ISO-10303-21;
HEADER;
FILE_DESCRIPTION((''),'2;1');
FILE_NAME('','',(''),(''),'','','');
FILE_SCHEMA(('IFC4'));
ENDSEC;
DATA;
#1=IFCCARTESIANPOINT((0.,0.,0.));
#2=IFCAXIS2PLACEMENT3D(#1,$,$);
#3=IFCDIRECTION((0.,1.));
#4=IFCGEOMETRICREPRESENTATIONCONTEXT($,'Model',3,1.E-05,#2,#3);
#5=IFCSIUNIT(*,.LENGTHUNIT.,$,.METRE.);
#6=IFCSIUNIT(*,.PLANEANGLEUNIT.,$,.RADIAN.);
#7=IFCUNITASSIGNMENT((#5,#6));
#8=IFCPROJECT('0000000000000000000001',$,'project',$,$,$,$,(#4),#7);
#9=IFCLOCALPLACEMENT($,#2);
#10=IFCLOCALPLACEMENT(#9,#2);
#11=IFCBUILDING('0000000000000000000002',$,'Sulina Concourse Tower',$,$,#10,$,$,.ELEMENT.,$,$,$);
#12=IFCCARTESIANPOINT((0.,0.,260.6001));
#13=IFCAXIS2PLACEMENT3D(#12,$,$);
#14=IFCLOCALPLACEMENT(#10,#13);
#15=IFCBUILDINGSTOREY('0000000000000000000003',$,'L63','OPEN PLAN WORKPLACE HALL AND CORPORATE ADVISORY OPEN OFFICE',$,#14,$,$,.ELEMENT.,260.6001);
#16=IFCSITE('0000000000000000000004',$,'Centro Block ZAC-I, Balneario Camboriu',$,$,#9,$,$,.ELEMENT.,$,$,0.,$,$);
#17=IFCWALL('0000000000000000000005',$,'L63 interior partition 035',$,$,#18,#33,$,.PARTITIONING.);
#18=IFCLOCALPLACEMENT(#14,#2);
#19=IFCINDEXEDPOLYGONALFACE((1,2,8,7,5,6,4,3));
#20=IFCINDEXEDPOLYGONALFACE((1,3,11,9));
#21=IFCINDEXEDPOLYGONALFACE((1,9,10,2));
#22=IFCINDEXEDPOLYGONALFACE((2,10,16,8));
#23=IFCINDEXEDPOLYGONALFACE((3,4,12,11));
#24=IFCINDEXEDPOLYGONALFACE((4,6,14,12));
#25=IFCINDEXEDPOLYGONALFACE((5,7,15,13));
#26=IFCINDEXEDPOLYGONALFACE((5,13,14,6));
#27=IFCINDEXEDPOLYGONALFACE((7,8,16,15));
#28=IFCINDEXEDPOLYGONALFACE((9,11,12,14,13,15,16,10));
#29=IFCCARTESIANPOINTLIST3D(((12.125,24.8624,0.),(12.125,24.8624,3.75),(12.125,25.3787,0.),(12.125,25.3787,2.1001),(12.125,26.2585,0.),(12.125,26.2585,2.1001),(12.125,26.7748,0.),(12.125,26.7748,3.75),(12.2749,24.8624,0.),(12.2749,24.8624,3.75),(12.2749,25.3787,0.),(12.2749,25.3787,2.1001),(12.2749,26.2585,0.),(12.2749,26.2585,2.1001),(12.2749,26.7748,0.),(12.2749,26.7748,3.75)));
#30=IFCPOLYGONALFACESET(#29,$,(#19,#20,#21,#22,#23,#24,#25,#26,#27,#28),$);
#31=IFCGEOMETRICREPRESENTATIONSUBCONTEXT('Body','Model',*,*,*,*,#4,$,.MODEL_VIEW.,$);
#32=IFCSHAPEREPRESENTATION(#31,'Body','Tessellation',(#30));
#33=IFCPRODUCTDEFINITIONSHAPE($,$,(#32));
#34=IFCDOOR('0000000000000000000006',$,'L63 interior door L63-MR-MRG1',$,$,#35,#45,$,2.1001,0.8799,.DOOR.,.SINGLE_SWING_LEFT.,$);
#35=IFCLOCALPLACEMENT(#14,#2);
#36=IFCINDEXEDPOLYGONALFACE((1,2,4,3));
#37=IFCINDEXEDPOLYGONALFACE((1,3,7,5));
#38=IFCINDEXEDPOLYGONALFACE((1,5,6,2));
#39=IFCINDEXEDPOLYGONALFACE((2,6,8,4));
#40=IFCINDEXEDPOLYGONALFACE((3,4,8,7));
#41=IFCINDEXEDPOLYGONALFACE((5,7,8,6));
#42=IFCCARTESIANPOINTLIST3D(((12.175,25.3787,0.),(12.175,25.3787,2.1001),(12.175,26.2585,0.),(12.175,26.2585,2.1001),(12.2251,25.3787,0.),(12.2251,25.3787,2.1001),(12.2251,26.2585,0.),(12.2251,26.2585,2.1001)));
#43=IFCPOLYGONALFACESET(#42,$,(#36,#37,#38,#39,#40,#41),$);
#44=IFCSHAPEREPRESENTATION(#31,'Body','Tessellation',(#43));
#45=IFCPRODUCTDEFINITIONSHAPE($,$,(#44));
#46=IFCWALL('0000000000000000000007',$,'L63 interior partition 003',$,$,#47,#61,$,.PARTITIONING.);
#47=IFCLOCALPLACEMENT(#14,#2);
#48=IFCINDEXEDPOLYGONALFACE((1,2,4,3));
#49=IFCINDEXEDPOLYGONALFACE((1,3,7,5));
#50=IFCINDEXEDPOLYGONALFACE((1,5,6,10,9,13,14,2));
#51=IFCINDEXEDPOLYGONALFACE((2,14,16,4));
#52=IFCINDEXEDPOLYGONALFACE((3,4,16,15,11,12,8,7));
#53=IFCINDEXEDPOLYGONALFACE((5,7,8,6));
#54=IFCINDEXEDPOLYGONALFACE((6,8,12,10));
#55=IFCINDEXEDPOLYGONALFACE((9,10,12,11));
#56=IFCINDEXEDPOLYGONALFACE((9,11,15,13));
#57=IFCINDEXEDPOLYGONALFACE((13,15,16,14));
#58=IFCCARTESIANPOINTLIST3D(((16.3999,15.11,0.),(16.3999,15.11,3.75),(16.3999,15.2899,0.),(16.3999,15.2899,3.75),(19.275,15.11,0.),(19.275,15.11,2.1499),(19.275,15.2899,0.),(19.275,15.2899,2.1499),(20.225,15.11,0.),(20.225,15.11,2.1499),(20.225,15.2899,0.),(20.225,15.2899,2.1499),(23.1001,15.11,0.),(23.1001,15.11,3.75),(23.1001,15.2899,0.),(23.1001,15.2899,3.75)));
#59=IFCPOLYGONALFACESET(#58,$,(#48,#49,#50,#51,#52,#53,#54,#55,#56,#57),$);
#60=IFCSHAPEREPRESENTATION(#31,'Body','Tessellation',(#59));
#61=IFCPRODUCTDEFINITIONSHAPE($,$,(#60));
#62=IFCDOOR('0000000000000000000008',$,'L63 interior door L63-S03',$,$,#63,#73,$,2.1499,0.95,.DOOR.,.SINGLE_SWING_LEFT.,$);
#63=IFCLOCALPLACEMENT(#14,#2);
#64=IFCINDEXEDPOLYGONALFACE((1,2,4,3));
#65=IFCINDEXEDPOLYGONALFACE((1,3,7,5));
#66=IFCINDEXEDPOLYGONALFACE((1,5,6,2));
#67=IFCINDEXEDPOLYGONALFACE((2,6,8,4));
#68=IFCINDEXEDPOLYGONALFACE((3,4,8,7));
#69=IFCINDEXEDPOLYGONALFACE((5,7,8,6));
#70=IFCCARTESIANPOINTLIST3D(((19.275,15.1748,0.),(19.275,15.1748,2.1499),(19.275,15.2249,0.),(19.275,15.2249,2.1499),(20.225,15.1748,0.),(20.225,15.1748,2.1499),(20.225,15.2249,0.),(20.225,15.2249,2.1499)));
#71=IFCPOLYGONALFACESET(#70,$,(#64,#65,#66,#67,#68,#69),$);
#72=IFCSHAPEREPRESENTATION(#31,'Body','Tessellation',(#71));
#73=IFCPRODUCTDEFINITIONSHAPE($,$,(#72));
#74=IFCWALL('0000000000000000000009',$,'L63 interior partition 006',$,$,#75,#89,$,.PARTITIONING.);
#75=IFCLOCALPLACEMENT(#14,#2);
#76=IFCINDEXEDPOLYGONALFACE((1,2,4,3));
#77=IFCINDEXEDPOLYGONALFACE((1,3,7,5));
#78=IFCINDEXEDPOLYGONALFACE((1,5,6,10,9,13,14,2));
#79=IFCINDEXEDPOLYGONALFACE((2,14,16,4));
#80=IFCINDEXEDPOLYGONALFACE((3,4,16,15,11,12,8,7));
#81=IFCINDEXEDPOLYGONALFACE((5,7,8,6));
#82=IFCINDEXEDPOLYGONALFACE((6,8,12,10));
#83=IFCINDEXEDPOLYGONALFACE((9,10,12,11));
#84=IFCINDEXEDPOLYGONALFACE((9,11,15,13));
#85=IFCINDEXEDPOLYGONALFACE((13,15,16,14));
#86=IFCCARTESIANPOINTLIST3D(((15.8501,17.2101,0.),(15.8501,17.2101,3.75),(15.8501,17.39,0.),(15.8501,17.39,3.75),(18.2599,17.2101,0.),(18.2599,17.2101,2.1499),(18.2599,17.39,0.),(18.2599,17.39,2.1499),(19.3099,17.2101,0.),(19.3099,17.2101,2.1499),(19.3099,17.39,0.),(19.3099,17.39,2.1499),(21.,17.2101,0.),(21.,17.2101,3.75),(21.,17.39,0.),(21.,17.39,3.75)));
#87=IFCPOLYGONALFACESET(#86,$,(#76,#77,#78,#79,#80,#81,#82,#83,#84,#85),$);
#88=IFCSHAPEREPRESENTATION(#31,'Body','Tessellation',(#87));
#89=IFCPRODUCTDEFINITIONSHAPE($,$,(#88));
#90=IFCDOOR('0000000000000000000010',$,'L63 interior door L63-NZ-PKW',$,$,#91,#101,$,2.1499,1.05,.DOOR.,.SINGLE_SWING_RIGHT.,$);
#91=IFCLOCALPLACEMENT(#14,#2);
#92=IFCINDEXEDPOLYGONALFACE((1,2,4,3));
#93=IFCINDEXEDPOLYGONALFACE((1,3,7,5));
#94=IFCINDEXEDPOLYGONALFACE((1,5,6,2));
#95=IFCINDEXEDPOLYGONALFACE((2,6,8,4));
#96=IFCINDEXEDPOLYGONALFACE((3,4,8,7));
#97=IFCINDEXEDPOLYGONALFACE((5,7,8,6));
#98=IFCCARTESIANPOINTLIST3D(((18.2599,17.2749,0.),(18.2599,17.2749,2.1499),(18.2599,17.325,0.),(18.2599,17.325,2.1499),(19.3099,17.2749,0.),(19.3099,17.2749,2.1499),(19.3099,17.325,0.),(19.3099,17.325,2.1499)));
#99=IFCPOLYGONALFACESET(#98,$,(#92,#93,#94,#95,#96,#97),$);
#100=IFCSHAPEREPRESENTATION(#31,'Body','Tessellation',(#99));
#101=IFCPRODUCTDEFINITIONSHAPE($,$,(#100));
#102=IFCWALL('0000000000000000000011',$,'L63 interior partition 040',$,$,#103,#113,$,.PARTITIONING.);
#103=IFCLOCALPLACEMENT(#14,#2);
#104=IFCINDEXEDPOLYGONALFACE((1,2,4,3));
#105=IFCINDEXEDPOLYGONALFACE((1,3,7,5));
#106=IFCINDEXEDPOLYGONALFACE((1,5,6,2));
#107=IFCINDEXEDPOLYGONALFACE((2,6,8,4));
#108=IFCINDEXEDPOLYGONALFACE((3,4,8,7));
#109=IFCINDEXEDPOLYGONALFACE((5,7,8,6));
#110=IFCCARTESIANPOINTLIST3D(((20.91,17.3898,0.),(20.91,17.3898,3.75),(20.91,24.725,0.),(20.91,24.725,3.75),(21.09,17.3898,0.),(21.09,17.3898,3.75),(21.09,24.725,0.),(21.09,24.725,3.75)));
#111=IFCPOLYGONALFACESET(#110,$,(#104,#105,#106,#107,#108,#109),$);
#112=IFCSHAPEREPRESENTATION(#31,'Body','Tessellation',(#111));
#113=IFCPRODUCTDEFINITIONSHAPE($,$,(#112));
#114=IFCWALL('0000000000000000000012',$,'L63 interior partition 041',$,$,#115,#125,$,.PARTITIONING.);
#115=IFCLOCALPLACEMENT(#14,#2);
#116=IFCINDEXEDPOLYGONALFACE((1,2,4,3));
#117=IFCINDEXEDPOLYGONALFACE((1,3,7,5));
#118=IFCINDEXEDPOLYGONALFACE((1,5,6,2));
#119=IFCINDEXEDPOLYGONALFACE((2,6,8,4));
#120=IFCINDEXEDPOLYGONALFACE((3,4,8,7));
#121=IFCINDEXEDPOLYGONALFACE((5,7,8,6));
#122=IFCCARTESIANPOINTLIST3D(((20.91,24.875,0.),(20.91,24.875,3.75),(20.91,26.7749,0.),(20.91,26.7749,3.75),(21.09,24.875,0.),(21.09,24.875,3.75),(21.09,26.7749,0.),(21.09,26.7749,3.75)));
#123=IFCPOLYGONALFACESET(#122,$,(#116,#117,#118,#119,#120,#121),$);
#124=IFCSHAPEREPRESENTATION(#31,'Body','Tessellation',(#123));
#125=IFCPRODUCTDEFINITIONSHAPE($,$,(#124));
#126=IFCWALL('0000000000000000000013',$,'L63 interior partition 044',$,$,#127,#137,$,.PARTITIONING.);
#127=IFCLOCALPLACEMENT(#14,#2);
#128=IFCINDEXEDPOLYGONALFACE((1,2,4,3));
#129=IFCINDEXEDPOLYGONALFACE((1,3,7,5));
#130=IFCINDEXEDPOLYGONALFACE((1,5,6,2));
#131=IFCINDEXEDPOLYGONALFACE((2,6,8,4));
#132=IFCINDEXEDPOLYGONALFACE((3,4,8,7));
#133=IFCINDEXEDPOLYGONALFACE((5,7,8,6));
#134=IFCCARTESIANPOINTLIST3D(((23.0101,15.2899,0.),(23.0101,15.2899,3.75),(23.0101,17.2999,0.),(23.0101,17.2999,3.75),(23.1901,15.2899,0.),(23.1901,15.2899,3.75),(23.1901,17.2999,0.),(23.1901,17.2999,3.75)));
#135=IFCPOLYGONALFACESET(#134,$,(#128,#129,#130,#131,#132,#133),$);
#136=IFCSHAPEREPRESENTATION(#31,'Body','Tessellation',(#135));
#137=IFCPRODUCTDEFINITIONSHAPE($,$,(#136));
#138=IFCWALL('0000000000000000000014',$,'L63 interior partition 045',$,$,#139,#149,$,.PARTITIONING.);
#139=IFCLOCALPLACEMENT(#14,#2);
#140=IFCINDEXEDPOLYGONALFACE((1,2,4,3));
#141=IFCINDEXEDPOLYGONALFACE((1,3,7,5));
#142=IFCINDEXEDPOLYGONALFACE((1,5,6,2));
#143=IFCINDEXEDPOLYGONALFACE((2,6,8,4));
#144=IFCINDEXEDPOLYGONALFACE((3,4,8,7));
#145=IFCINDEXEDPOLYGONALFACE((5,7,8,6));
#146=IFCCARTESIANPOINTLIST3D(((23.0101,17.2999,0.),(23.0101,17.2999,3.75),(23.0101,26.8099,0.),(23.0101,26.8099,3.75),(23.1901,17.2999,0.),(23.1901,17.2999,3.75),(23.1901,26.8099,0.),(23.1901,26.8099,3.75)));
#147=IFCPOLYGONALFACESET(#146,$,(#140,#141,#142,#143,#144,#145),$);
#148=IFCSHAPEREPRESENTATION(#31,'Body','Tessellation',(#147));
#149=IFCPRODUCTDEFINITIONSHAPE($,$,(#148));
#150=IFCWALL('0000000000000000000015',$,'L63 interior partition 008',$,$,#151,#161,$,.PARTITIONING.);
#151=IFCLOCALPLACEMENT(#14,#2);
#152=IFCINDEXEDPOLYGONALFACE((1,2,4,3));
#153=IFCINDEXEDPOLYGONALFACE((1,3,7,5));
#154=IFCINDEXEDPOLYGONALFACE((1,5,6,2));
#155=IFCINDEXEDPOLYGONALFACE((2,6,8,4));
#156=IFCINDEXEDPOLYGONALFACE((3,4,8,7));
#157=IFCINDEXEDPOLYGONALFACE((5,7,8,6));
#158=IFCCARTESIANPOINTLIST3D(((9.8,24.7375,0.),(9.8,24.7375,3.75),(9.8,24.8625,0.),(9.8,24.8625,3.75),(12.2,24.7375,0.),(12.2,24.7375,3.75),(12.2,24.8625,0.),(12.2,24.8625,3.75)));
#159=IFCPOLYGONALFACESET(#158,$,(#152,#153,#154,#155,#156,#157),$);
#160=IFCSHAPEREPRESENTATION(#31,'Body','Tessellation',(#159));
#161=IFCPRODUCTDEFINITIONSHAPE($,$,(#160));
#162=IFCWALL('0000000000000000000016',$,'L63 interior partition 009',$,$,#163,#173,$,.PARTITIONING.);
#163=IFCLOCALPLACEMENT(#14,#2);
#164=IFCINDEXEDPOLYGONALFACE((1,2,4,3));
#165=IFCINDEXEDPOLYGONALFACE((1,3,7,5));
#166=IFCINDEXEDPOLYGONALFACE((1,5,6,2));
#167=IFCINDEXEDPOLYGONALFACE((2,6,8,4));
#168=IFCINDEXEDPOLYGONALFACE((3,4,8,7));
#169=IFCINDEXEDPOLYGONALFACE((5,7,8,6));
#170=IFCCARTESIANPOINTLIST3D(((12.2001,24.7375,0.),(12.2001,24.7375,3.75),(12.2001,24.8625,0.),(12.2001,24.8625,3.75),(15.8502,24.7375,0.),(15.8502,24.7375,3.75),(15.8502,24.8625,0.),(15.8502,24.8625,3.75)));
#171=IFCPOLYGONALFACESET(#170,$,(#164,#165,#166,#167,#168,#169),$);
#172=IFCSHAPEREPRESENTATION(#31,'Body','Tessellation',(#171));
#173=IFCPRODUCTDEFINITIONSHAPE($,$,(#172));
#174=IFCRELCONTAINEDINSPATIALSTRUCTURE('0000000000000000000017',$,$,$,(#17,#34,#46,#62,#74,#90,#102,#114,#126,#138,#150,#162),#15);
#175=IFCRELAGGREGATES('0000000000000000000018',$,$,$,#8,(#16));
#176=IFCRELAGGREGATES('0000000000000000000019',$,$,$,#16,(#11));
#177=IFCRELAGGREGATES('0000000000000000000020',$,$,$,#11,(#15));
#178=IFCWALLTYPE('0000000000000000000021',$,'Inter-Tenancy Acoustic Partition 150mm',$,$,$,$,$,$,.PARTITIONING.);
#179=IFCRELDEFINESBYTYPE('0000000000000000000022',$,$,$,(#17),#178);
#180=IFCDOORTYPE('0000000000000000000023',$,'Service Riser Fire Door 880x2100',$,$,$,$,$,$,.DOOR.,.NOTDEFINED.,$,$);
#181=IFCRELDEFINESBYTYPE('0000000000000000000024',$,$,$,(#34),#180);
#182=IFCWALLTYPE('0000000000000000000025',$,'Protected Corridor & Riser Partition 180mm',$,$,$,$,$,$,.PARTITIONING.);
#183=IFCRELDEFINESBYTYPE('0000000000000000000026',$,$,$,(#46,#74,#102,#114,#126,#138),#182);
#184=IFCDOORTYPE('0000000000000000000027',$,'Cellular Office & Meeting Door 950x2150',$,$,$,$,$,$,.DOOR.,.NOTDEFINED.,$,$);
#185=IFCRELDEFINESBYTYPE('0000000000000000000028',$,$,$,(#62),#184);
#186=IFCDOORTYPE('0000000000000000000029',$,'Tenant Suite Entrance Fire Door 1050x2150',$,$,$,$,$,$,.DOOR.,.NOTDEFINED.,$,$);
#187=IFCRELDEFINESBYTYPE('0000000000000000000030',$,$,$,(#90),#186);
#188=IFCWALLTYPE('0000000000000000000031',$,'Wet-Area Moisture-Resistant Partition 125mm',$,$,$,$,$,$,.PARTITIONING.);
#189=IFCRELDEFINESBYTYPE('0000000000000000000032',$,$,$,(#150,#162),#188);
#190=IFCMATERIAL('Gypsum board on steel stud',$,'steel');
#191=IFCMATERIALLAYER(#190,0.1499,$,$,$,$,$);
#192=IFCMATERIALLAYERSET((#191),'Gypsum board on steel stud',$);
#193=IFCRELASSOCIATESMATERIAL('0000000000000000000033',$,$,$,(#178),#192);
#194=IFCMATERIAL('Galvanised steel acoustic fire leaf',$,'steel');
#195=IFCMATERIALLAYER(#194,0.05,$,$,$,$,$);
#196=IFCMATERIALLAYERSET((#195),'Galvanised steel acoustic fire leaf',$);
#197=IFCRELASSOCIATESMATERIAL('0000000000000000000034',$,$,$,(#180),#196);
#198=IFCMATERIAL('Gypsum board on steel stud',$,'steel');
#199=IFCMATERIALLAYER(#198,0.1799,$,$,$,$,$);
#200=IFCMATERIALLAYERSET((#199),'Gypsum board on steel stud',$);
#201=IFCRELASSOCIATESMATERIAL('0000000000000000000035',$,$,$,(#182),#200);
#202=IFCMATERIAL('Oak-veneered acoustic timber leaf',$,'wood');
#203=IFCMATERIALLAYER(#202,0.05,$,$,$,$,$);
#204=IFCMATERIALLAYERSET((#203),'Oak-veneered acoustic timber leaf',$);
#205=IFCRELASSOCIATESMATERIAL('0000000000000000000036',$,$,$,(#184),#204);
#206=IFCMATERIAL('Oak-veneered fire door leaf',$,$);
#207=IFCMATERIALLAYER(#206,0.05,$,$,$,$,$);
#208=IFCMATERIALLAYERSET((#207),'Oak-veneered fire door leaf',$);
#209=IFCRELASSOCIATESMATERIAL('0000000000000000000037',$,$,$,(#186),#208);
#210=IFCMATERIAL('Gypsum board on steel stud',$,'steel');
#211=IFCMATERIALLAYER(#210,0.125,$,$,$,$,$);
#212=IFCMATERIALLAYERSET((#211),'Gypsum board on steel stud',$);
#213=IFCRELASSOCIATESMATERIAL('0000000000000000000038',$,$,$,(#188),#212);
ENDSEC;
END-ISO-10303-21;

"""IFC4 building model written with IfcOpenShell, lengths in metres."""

from ifc_helpers import new_model, si_unit, direction, frame, frame_2d, origin, place, context, subcontext, project, spatial, rectangle, extrude, material, layer, layer_set, type_object, element, fill, save


model = new_model("IFC4")

# Units and contexts
model_context = context("Model", 3, precision=1e-05, world=origin(), true_north=direction((0.0, 1.0)))
body_context = subcontext(model_context, "Body", "Model", "MODEL_VIEW")
ifc_project = project(units=[si_unit("LENGTHUNIT", "METRE"), si_unit("PLANEANGLEUNIT", "RADIAN")], contexts=[model_context])

# Site, building, storey
site_placement = place(None, origin())
site = spatial("IfcSite", under=ifc_project, at=site_placement, Name="Centro Block ZAC-I, Balneario Camboriu", CompositionType="ELEMENT", RefElevation=0.0)
building_placement = place(site_placement, origin())
building = spatial("IfcBuilding", under=site, at=building_placement, Name="Sulina Concourse Tower", CompositionType="ELEMENT")
storey_placement = place(building_placement, frame((0.0, 0.0, 260.6001)))
storey = spatial("IfcBuildingStorey", under=building, at=storey_placement, Name="L63", Description="OPEN PLAN WORKPLACE HALL AND CORPORATE ADVISORY OPEN OFFICE", CompositionType="ELEMENT", Elevation=260.6001)

# Shared definitions
ifc_material_1 = material(Name="Gypsum board on steel stud", Category="steel")
ifc_layer_1 = layer(ifc_material_1, 0.1499)
ifc_layer_set_1 = layer_set([ifc_layer_1], Name="Gypsum board on steel stud")
wall_type_1 = type_object("IfcWallType", Name="Inter-Tenancy Acoustic Partition 150mm", PredefinedType="PARTITIONING", material=ifc_layer_set_1)

# Walls, openings, doors
wall_1_placement = place(storey_placement, frame((12.2, 24.8625, 0.0), z_axis=(0.0, 0.0, 1.0), x_axis=(0.0, 1.0, 0.0)))
wall_1 = element("IfcWall", 1, at=wall_1_placement, inside=storey, type_object=wall_type_1, Name="L63 interior partition 035", PredefinedType="PARTITIONING", context=body_context, shape_type="SweptSolid", body=[
    extrude(rectangle(XDim=1.9124, YDim=0.1499, at=frame_2d((0.9561, 0.0))), origin(), (0.0, 0.0, 1.0), 3.75),
])
opening_1_placement = place(wall_1_placement, frame((0.5161, 0.0, 0.0)))
opening_1 = element("IfcOpeningElement", 2, at=opening_1_placement, cuts=wall_1, PredefinedType="OPENING", context=body_context, shape_type="SweptSolid", body=[
    extrude(rectangle(XDim=0.8799, YDim=2.1001, at=frame_2d((0.4399, 1.05))), frame((0.0, 0.085, 0.0), z_axis=(0.0, -1.0, 0.0), x_axis=(1.0, 0.0, 0.0)), (0.0, 0.0, 1.0), 0.1699),
])
ifc_material_2 = material(Name="Galvanised steel acoustic fire leaf", Category="steel")
ifc_layer_2 = layer(ifc_material_2, 0.05)
ifc_layer_set_2 = layer_set([ifc_layer_2], Name="Galvanised steel acoustic fire leaf")
door_type_1 = type_object("IfcDoorType", Name="Service Riser Fire Door 880x2100", OperationType="NOTDEFINED", PredefinedType="DOOR", material=ifc_layer_set_2)
door_1_placement = place(opening_1_placement, origin())
door_1 = element("IfcDoor", 3, at=door_1_placement, inside=storey, type_object=door_type_1, Name="L63 interior door L63-MR-MRG1", OperationType="SINGLE_SWING_LEFT", OverallHeight=2.1001, OverallWidth=0.8799, PredefinedType="DOOR", context=body_context, shape_type="SweptSolid", body=[
    extrude(rectangle(XDim=0.8799, YDim=2.1001, at=frame_2d((0.4399, 1.05))), frame((0.0, 0.0249, 0.0), z_axis=(0.0, -1.0, 0.0), x_axis=(1.0, 0.0, 0.0)), (0.0, 0.0, 1.0), 0.05),
])
fill(opening_1, door_1)
ifc_material_3 = material(Name="Gypsum board on steel stud", Category="steel")
ifc_layer_3 = layer(ifc_material_3, 0.1799)
ifc_layer_set_3 = layer_set([ifc_layer_3], Name="Gypsum board on steel stud")
wall_type_2 = type_object("IfcWallType", Name="Protected Corridor & Riser Partition 180mm", PredefinedType="PARTITIONING", material=ifc_layer_set_3)
wall_2_placement = place(storey_placement, frame((16.3999, 15.2, 0.0), z_axis=(0.0, 0.0, 1.0), x_axis=(1.0, 0.0, 0.0)))
wall_2 = element("IfcWall", 4, at=wall_2_placement, inside=storey, type_object=wall_type_2, Name="L63 interior partition 003", PredefinedType="PARTITIONING", context=body_context, shape_type="SweptSolid", body=[
    extrude(rectangle(XDim=6.7002, YDim=0.1799, at=frame_2d((3.3501, 0.0))), origin(), (0.0, 0.0, 1.0), 3.75),
])
opening_2_placement = place(wall_2_placement, frame((2.875, 0.0, 0.0)))
opening_2 = element("IfcOpeningElement", 5, at=opening_2_placement, cuts=wall_2, PredefinedType="OPENING", context=body_context, shape_type="SweptSolid", body=[
    extrude(rectangle(XDim=0.95, YDim=2.1499, at=frame_2d((0.4751, 1.075))), frame((0.0, 0.0999, 0.0), z_axis=(0.0, -1.0, 0.0), x_axis=(1.0, 0.0, 0.0)), (0.0, 0.0, 1.0), 0.2),
])
ifc_material_4 = material(Name="Oak-veneered acoustic timber leaf", Category="wood")
ifc_layer_4 = layer(ifc_material_4, 0.05)
ifc_layer_set_4 = layer_set([ifc_layer_4], Name="Oak-veneered acoustic timber leaf")
door_type_2 = type_object("IfcDoorType", Name="Cellular Office & Meeting Door 950x2150", OperationType="NOTDEFINED", PredefinedType="DOOR", material=ifc_layer_set_4)
door_2_placement = place(opening_2_placement, origin())
door_2 = element("IfcDoor", 6, at=door_2_placement, inside=storey, type_object=door_type_2, Name="L63 interior door L63-S03", OperationType="SINGLE_SWING_LEFT", OverallHeight=2.1499, OverallWidth=0.95, PredefinedType="DOOR", context=body_context, shape_type="SweptSolid", body=[
    extrude(rectangle(XDim=0.95, YDim=2.1499, at=frame_2d((0.4751, 1.075))), frame((0.0, 0.0249, 0.0), z_axis=(0.0, -1.0, 0.0), x_axis=(1.0, 0.0, 0.0)), (0.0, 0.0, 1.0), 0.05),
])
fill(opening_2, door_2)
wall_3_placement = place(storey_placement, frame((15.8501, 17.3, 0.0), z_axis=(0.0, 0.0, 1.0), x_axis=(1.0, 0.0, 0.0)))
wall_3 = element("IfcWall", 7, at=wall_3_placement, inside=storey, type_object=wall_type_2, Name="L63 interior partition 006", PredefinedType="PARTITIONING", context=body_context, shape_type="SweptSolid", body=[
    extrude(rectangle(XDim=5.1499, YDim=0.1799, at=frame_2d((2.575, 0.0))), origin(), (0.0, 0.0, 1.0), 3.75),
])
opening_3_placement = place(wall_3_placement, frame((2.4099, 0.0, 0.0)))
opening_3 = element("IfcOpeningElement", 8, at=opening_3_placement, cuts=wall_3, PredefinedType="OPENING", context=body_context, shape_type="SweptSolid", body=[
    extrude(rectangle(XDim=1.05, YDim=2.1499, at=frame_2d((0.5249, 1.075))), frame((0.0, 0.0999, 0.0), z_axis=(0.0, -1.0, 0.0), x_axis=(1.0, 0.0, 0.0)), (0.0, 0.0, 1.0), 0.2),
])
ifc_material_5 = material(Name="Oak-veneered fire door leaf")
ifc_layer_5 = layer(ifc_material_5, 0.05)
ifc_layer_set_5 = layer_set([ifc_layer_5], Name="Oak-veneered fire door leaf")
door_type_3 = type_object("IfcDoorType", Name="Tenant Suite Entrance Fire Door 1050x2150", OperationType="NOTDEFINED", PredefinedType="DOOR", material=ifc_layer_set_5)
door_3_placement = place(opening_3_placement, origin())
door_3 = element("IfcDoor", 9, at=door_3_placement, inside=storey, type_object=door_type_3, Name="L63 interior door L63-NZ-PKW", OperationType="SINGLE_SWING_RIGHT", OverallHeight=2.1499, OverallWidth=1.05, PredefinedType="DOOR", context=body_context, shape_type="SweptSolid", body=[
    extrude(rectangle(XDim=1.05, YDim=2.1499, at=frame_2d((0.5249, 1.075))), frame((0.0, 0.0249, 0.0), z_axis=(0.0, -1.0, 0.0), x_axis=(1.0, 0.0, 0.0)), (0.0, 0.0, 1.0), 0.05),
])
fill(opening_3, door_3)

# Walls
wall_4_placement = place(storey_placement, frame((21.0, 17.3899, 0.0), z_axis=(0.0, 0.0, 1.0), x_axis=(0.0, 1.0, 0.0)))
element("IfcWall", 10, at=wall_4_placement, inside=storey, type_object=wall_type_2, Name="L63 interior partition 040", PredefinedType="PARTITIONING", context=body_context, shape_type="SweptSolid", body=[
    extrude(rectangle(XDim=7.3352, YDim=0.1799, at=frame_2d((3.6675, 0.0))), origin(), (0.0, 0.0, 1.0), 3.75),
])
wall_5_placement = place(storey_placement, frame((21.0, 24.875, 0.0), z_axis=(0.0, 0.0, 1.0), x_axis=(0.0, 1.0, 0.0)))
element("IfcWall", 11, at=wall_5_placement, inside=storey, type_object=wall_type_2, Name="L63 interior partition 041", PredefinedType="PARTITIONING", context=body_context, shape_type="SweptSolid", body=[
    extrude(rectangle(XDim=1.8999, YDim=0.1799, at=frame_2d((0.95, 0.0))), origin(), (0.0, 0.0, 1.0), 3.75),
])
wall_6_placement = place(storey_placement, frame((23.1001, 15.29, 0.0), z_axis=(0.0, 0.0, 1.0), x_axis=(0.0, 1.0, 0.0)))
element("IfcWall", 12, at=wall_6_placement, inside=storey, type_object=wall_type_2, Name="L63 interior partition 044", PredefinedType="PARTITIONING", context=body_context, shape_type="SweptSolid", body=[
    extrude(rectangle(XDim=2.01, YDim=0.1799, at=frame_2d((1.0049, 0.0))), origin(), (0.0, 0.0, 1.0), 3.75),
])
wall_7_placement = place(storey_placement, frame((23.1001, 17.3, 0.0), z_axis=(0.0, 0.0, 1.0), x_axis=(0.0, 1.0, 0.0)))
element("IfcWall", 13, at=wall_7_placement, inside=storey, type_object=wall_type_2, Name="L63 interior partition 045", PredefinedType="PARTITIONING", context=body_context, shape_type="SweptSolid", body=[
    extrude(rectangle(XDim=9.51, YDim=0.1799, at=frame_2d((4.7549, 0.0))), origin(), (0.0, 0.0, 1.0), 3.75),
])
ifc_material_6 = material(Name="Gypsum board on steel stud", Category="steel")
ifc_layer_6 = layer(ifc_material_6, 0.125)
ifc_layer_set_6 = layer_set([ifc_layer_6], Name="Gypsum board on steel stud")
wall_type_3 = type_object("IfcWallType", Name="Wet-Area Moisture-Resistant Partition 125mm", PredefinedType="PARTITIONING", material=ifc_layer_set_6)
wall_8_placement = place(storey_placement, frame((9.8, 24.8, 0.0), z_axis=(0.0, 0.0, 1.0), x_axis=(1.0, 0.0, 0.0)))
element("IfcWall", 14, at=wall_8_placement, inside=storey, type_object=wall_type_3, Name="L63 interior partition 008", PredefinedType="PARTITIONING", context=body_context, shape_type="SweptSolid", body=[
    extrude(rectangle(XDim=2.3999, YDim=0.125, at=frame_2d((1.2, 0.0))), origin(), (0.0, 0.0, 1.0), 3.75),
])
wall_9_placement = place(storey_placement, frame((12.2, 24.8, 0.0), z_axis=(0.0, 0.0, 1.0), x_axis=(1.0, 0.0, 0.0)))
element("IfcWall", 15, at=wall_9_placement, inside=storey, type_object=wall_type_3, Name="L63 interior partition 009", PredefinedType="PARTITIONING", context=body_context, shape_type="SweptSolid", body=[
    extrude(rectangle(XDim=3.6501, YDim=0.125, at=frame_2d((1.8252, 0.0))), origin(), (0.0, 0.0, 1.0), 3.75),
])

save(model, "model.ifc")
